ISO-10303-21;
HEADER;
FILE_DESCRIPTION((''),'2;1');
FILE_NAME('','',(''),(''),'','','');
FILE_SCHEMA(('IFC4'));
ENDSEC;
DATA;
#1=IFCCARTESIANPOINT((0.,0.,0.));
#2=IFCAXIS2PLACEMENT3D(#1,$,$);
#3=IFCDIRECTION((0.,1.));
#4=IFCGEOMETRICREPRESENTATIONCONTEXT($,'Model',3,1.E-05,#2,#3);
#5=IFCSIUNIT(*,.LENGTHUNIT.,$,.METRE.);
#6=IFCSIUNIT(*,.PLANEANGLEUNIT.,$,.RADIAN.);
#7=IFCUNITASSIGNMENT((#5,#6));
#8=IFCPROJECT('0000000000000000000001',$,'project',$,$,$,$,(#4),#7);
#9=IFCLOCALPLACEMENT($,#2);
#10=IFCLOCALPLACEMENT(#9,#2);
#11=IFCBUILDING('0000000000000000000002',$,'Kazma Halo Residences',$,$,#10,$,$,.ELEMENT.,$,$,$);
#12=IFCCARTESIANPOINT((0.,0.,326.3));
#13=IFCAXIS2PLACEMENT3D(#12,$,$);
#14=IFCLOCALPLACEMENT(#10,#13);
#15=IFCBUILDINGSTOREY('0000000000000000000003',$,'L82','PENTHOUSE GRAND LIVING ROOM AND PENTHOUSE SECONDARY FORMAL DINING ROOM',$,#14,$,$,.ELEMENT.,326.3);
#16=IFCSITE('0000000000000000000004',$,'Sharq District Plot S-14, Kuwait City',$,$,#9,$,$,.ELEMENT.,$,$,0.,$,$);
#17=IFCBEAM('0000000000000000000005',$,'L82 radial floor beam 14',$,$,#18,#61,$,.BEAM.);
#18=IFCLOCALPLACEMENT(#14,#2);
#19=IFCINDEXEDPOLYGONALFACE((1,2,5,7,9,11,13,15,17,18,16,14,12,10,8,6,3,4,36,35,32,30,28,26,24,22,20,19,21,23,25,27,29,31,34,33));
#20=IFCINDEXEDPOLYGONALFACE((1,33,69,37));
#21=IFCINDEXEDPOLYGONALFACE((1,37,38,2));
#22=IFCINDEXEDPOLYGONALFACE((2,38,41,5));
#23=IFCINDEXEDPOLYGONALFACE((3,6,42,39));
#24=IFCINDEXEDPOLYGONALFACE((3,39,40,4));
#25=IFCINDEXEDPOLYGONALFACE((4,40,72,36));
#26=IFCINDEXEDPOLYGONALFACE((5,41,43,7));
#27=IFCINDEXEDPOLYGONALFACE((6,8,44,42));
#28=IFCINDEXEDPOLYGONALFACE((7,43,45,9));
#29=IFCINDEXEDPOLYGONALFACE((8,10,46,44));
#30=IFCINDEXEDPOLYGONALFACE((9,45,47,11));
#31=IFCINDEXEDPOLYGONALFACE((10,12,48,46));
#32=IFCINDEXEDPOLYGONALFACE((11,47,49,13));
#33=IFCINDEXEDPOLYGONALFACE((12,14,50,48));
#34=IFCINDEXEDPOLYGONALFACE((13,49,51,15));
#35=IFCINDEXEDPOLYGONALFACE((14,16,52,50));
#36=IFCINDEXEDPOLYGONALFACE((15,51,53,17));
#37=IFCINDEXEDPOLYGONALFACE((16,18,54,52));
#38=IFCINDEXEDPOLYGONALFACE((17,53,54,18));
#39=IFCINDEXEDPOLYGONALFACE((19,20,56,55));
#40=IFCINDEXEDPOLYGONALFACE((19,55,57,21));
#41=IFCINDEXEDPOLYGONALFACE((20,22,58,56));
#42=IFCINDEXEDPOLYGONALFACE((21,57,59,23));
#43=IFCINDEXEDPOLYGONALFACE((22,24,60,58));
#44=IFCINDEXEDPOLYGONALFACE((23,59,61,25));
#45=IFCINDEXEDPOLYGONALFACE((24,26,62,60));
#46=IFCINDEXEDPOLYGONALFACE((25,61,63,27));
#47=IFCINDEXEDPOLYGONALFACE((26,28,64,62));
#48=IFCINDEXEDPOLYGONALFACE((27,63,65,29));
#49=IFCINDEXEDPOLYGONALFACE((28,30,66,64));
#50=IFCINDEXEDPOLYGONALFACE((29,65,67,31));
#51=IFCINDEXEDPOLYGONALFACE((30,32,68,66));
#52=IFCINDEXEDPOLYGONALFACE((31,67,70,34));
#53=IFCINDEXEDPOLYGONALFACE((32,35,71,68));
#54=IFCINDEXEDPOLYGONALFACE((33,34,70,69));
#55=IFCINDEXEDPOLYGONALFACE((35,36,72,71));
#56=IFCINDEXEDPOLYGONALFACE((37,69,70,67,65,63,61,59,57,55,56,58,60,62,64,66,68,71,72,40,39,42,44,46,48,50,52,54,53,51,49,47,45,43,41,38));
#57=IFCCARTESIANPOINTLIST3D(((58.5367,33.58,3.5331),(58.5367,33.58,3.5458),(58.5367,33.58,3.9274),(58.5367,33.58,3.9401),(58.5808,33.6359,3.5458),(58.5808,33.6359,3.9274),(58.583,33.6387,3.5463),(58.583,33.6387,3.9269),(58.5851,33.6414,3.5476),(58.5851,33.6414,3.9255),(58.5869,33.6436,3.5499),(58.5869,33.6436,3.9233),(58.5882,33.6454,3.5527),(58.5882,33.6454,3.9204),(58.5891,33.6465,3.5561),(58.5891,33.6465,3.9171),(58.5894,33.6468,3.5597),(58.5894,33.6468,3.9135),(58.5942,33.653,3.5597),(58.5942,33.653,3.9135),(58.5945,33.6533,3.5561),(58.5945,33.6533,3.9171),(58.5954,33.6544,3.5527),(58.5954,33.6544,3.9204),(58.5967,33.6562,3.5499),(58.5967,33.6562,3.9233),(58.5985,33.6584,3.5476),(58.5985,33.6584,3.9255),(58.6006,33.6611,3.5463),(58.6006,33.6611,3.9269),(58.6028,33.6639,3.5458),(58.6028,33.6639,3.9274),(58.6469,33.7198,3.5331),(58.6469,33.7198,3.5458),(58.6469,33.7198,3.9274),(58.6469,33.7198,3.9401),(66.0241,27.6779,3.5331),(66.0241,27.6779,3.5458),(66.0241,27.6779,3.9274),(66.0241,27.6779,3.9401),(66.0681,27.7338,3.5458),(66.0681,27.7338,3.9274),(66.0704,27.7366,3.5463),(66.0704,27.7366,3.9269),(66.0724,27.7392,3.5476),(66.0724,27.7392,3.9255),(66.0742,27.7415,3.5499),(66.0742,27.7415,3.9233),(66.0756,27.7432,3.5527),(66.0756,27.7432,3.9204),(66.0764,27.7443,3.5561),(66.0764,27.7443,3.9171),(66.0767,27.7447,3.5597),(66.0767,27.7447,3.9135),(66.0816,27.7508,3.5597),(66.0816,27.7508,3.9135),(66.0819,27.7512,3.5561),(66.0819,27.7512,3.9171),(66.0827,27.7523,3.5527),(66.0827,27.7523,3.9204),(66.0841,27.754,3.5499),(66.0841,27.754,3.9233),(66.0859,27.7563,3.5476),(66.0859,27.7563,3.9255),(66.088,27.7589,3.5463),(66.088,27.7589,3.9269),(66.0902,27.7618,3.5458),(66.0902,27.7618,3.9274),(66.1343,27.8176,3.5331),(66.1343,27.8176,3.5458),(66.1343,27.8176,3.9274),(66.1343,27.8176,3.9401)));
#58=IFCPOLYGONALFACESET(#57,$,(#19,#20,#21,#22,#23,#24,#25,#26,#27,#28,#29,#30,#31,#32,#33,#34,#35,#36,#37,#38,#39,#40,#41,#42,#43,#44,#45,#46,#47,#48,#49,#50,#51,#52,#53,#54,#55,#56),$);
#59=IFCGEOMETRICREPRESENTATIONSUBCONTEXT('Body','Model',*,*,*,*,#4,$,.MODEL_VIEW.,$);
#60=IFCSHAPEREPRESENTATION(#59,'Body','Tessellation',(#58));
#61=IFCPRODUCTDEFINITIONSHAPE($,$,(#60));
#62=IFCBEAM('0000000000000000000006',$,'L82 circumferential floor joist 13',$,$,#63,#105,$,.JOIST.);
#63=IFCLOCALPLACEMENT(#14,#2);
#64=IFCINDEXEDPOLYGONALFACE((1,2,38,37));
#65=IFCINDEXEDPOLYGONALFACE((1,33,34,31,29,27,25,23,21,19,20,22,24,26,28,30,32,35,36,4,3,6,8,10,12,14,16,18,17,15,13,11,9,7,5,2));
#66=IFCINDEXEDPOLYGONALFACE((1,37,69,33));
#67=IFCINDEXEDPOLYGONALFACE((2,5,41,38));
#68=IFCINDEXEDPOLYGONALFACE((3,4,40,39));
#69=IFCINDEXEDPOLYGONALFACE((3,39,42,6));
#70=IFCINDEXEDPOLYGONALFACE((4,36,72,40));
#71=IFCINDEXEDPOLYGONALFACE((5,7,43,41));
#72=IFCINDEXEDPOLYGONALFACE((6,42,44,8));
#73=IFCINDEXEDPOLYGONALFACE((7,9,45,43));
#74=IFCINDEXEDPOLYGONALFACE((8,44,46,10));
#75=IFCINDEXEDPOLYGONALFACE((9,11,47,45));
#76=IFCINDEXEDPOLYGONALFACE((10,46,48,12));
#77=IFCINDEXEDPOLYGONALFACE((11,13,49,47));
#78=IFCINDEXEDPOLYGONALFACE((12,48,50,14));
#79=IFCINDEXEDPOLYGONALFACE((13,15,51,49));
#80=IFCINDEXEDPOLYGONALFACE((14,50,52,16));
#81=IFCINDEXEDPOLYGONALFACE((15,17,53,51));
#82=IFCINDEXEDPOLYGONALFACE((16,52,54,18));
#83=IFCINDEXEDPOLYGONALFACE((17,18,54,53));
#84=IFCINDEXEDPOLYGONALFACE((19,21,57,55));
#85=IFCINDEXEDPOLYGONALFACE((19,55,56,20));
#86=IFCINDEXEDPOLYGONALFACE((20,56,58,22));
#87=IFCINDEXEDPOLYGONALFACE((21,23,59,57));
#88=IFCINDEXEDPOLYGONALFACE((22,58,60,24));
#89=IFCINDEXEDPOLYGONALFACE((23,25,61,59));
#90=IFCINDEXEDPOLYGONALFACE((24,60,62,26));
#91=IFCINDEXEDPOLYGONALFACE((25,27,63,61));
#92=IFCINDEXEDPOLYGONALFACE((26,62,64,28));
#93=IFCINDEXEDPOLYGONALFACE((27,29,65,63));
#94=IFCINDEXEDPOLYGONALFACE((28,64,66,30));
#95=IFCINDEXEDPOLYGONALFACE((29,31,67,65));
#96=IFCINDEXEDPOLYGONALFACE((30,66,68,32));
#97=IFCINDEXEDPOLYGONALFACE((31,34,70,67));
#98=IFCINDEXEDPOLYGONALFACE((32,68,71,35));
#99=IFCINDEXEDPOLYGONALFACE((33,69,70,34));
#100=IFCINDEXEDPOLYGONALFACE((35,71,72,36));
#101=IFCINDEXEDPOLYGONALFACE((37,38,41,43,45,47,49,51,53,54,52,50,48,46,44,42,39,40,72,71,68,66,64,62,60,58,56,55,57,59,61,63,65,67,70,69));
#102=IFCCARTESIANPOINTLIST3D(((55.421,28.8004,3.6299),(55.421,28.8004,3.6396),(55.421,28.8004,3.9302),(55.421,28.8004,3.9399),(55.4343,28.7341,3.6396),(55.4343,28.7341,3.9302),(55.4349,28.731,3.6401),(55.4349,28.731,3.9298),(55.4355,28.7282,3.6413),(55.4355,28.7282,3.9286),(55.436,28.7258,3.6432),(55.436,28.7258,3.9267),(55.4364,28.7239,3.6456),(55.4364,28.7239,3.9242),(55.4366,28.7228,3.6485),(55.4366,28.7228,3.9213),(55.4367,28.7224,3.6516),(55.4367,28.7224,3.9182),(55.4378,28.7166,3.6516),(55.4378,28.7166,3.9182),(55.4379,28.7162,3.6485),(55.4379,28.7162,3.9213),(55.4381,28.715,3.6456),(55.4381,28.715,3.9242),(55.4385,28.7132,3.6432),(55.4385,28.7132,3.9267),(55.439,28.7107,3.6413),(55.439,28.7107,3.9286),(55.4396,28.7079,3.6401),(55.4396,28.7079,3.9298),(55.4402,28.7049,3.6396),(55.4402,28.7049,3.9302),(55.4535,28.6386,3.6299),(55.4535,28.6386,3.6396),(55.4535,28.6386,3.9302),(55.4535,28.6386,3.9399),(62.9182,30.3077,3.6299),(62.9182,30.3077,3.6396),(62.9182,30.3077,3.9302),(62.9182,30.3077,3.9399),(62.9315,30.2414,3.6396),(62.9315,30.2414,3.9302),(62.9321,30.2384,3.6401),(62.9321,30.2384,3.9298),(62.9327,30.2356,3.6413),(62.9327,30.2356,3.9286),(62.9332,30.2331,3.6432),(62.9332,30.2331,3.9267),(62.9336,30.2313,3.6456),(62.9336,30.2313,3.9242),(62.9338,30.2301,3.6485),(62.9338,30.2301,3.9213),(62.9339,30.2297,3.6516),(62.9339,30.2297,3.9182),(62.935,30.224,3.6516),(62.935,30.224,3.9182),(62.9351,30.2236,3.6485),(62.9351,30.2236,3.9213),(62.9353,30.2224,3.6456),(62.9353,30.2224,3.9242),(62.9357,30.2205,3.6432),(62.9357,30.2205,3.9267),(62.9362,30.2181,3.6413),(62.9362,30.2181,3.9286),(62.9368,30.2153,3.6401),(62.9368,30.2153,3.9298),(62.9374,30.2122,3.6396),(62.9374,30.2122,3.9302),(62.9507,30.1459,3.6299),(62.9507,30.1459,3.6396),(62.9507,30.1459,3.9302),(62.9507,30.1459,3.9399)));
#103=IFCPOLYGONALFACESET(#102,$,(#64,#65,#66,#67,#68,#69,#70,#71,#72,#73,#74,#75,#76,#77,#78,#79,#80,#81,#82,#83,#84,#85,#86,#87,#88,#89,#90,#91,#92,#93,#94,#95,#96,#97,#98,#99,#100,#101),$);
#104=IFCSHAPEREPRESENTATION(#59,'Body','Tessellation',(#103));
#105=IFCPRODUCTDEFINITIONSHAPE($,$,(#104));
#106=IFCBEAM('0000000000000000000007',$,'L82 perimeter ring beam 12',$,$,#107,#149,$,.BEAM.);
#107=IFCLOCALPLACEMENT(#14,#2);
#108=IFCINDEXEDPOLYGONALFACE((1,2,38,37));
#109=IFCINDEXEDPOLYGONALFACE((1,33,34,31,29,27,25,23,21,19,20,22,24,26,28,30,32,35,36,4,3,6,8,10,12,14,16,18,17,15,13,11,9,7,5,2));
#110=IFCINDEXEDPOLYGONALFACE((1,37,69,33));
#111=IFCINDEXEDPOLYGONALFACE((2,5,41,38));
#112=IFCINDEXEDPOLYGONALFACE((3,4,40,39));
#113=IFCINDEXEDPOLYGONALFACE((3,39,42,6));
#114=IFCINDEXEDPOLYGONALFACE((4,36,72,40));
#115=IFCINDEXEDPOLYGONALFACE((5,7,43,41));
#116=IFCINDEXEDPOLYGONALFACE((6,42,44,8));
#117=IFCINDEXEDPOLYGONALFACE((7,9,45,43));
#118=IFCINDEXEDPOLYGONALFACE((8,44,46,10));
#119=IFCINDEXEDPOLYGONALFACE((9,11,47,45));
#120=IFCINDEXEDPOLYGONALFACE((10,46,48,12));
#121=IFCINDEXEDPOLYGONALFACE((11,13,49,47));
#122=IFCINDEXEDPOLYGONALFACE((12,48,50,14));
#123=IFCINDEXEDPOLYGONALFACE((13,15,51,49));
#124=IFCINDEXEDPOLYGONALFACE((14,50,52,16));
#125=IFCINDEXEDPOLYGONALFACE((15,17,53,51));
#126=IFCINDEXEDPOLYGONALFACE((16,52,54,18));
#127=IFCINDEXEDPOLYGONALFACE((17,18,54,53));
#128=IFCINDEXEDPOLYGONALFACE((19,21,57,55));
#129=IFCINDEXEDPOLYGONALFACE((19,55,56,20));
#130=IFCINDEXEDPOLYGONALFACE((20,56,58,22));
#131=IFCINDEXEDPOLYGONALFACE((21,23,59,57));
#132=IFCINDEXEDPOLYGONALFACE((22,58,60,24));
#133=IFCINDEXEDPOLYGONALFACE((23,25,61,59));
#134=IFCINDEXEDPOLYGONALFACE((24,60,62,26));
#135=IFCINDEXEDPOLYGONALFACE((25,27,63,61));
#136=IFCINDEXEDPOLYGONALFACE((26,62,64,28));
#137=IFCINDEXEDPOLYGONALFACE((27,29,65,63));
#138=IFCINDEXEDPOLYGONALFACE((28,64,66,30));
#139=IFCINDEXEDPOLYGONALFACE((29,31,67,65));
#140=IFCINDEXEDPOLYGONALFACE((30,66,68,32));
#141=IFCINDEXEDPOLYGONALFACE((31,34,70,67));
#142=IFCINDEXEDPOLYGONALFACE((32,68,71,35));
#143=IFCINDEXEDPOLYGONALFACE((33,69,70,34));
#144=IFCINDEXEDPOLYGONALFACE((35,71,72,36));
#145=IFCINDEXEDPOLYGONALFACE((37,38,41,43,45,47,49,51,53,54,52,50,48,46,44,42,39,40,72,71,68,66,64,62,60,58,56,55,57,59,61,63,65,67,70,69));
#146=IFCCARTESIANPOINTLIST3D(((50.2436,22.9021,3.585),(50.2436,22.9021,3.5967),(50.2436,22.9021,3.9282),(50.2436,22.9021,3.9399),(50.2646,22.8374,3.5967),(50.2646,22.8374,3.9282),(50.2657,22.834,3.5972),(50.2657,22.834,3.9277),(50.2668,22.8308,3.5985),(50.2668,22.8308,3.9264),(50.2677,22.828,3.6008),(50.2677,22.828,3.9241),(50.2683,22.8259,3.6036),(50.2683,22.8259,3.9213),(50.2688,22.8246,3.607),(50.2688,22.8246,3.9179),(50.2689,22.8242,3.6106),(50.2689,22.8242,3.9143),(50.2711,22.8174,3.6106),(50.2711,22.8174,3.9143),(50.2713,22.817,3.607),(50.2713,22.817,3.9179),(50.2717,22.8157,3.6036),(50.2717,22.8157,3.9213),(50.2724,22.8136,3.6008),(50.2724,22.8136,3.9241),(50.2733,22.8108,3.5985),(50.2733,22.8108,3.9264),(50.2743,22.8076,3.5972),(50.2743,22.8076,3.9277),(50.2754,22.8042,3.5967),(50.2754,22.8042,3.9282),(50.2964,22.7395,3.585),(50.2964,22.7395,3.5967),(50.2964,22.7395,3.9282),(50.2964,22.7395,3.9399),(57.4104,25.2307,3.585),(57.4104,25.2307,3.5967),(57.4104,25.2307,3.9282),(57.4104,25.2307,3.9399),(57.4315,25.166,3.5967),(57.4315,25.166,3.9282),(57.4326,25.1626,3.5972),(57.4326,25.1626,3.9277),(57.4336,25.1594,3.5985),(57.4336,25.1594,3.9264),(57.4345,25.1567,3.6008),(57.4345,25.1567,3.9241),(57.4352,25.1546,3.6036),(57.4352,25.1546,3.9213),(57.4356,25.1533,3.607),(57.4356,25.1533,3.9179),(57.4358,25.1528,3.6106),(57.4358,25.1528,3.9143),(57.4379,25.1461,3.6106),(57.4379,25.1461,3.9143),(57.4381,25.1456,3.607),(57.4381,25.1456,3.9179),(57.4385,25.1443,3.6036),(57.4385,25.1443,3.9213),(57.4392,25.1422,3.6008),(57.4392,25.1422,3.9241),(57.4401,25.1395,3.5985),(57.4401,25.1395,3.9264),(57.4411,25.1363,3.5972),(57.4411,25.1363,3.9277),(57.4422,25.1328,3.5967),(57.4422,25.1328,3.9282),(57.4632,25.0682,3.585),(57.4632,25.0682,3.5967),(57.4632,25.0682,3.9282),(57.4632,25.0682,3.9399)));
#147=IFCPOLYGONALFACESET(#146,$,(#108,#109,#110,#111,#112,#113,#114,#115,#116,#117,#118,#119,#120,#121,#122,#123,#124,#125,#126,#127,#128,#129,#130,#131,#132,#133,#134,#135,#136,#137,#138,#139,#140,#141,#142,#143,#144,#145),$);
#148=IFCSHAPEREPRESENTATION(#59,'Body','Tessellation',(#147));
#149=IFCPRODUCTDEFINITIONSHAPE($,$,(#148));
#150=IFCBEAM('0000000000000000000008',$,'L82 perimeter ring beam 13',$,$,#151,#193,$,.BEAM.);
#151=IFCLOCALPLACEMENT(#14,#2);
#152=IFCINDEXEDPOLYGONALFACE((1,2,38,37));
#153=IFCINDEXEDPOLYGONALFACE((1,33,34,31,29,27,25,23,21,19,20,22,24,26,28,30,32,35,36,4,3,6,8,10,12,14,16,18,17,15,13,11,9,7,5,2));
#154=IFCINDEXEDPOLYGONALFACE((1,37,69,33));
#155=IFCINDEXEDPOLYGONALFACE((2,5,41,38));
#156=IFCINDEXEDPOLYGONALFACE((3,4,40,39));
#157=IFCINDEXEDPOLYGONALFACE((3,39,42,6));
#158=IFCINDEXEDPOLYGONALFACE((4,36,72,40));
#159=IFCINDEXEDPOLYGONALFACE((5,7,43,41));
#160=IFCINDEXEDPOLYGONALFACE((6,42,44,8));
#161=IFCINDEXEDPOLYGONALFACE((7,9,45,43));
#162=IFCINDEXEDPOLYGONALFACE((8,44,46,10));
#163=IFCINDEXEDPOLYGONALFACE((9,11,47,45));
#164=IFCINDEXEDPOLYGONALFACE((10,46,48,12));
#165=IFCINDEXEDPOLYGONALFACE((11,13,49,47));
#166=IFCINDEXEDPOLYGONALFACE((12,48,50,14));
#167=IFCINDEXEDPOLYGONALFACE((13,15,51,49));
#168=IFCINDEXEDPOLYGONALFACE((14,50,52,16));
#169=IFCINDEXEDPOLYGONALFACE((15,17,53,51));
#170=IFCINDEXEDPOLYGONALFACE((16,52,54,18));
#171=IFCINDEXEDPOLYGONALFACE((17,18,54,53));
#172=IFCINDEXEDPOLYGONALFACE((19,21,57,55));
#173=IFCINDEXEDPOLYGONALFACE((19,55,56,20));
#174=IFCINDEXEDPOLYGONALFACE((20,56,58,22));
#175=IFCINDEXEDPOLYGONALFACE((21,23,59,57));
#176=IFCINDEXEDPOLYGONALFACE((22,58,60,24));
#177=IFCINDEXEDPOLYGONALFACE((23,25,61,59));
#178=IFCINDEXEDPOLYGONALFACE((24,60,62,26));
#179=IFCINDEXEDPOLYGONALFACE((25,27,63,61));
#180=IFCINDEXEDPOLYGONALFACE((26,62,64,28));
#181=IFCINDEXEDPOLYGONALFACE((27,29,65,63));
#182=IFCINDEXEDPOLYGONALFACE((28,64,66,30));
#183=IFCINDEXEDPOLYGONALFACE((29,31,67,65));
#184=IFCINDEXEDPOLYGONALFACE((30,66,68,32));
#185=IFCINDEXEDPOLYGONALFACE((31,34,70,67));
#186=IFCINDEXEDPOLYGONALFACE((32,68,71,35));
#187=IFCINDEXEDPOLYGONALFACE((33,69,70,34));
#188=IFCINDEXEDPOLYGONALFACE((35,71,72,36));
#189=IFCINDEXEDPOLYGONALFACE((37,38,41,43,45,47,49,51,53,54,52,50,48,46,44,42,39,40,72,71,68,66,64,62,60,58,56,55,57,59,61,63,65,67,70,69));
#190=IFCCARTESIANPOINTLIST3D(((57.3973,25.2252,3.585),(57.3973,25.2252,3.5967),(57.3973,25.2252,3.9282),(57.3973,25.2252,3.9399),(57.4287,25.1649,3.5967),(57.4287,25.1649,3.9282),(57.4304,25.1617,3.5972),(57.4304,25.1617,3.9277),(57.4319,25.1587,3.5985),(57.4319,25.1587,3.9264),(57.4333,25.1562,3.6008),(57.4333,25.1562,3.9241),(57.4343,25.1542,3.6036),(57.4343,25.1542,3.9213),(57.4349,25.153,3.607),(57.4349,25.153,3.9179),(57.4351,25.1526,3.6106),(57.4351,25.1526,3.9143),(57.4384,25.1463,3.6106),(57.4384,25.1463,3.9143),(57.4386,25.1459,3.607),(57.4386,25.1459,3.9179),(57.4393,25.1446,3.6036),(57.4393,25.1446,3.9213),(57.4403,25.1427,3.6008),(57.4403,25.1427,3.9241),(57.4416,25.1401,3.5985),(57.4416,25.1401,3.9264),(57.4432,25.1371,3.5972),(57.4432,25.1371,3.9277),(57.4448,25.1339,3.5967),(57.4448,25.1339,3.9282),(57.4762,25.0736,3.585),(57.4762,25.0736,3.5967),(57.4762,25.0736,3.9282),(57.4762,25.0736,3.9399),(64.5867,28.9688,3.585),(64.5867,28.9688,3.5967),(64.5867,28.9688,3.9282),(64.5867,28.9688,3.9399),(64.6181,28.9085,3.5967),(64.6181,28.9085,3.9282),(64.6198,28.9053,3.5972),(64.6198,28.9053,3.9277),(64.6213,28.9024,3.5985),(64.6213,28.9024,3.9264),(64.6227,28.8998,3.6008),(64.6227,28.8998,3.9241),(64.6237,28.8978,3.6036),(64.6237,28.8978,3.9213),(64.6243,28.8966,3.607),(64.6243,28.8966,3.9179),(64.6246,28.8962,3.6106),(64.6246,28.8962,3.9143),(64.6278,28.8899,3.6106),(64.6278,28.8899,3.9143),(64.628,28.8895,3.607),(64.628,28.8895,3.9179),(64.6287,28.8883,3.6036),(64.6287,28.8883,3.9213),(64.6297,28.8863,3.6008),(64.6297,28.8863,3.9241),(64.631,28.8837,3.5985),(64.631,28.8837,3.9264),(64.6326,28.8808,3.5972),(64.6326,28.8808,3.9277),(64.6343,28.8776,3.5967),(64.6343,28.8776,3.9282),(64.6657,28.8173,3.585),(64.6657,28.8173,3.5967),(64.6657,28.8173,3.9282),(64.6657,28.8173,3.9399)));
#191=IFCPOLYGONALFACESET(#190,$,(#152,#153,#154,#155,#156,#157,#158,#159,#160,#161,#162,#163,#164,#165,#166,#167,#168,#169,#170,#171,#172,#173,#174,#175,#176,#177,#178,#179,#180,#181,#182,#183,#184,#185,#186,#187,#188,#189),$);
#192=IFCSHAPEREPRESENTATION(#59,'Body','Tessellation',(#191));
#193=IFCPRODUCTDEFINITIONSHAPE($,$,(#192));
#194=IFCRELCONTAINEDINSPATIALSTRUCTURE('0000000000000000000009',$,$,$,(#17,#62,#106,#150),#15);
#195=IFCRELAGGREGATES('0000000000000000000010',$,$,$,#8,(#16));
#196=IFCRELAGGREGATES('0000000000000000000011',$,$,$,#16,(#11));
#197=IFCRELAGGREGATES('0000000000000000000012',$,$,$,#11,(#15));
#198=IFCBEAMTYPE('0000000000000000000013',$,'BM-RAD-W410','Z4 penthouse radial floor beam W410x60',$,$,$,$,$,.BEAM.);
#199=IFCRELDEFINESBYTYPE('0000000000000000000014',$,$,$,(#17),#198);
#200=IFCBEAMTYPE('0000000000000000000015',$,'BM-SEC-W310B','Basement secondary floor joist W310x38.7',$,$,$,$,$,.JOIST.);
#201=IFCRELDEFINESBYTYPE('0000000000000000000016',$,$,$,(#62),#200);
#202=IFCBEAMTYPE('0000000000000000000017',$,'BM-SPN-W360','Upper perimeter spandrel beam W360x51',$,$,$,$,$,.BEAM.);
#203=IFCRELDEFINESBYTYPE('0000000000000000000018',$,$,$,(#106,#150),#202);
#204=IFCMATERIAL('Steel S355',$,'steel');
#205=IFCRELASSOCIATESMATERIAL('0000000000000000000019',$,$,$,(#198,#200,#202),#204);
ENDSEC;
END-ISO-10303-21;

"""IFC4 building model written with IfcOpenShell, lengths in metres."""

from ifc_helpers import new_model, si_unit, direction, frame, origin, origin_2d, place, context, subcontext, project, spatial, i_section, extrude, material, material_profile, profile_set, type_object, element, save


model = new_model("IFC4")

# Units and contexts
model_context = context("Model", 3, precision=1e-05, world=origin(), true_north=direction((0.0, 1.0)))
body_context = subcontext(model_context, "Body", "Model", "MODEL_VIEW")
ifc_project = project(units=[si_unit("LENGTHUNIT", "METRE"), si_unit("PLANEANGLEUNIT", "RADIAN")], contexts=[model_context])

# Site, building, storey
site_placement = place(None, origin())
site = spatial("IfcSite", under=ifc_project, at=site_placement, Name="Sharq District Plot S-14, Kuwait City", CompositionType="ELEMENT", RefElevation=0.0)
building_placement = place(site_placement, origin())
building = spatial("IfcBuilding", under=site, at=building_placement, Name="Kazma Halo Residences", CompositionType="ELEMENT")
storey_placement = place(building_placement, frame((0.0, 0.0, 326.3)))
storey = spatial("IfcBuildingStorey", under=building, at=storey_placement, Name="L82", Description="PENTHOUSE GRAND LIVING ROOM AND PENTHOUSE SECONDARY FORMAL DINING ROOM", CompositionType="ELEMENT", Elevation=326.3)

# Beams
ifc_material_1 = material(Name="Steel S355", Category="steel")
ifc_material_profile_1 = material_profile(ifc_material_1, i_section(OverallWidth=0.178, OverallDepth=0.407, WebThickness=0.0078, FlangeThickness=0.0127, FilletRadius=0.0139, at=origin_2d()), Name="W410x60")
ifc_profile_set_1 = profile_set([ifc_material_profile_1], Name="Steel S355")
beam_type_1 = type_object("IfcBeamType", Name="BM-RAD-W410", Description="Z4 penthouse radial floor beam W410x60", PredefinedType="BEAM", material=ifc_profile_set_1)
beam_1_placement = place(storey_placement, frame((58.5918, 33.6499, 3.7366), z_axis=(0.785338, -0.619067, 0.0), x_axis=(0.619067, 0.785338, 0.0)))
element("IfcBeam", 1, at=beam_1_placement, inside=storey, type_object=beam_type_1, Name="L82 radial floor beam 14", PredefinedType="BEAM", context=body_context, shape_type="SweptSolid", body=[
    extrude(i_section(OverallWidth=0.178, OverallDepth=0.407, WebThickness=0.0078, FlangeThickness=0.0127, FilletRadius=0.0139, at=origin_2d()), origin(), (0.0, 0.0, 1.0), 9.5339),
])
ifc_material_profile_2 = material_profile(ifc_material_1, i_section(OverallWidth=0.165, OverallDepth=0.3101, WebThickness=0.0059, FlangeThickness=0.0098, FilletRadius=0.012, at=origin_2d()), Name="W310x38.7")
ifc_profile_set_2 = profile_set([ifc_material_profile_2], Name="Steel S355")
beam_type_2 = type_object("IfcBeamType", Name="BM-SEC-W310B", Description="Basement secondary floor joist W310x38.7", PredefinedType="JOIST", material=ifc_profile_set_2)
beam_2_placement = place(storey_placement, frame((55.4373, 28.7195, 3.7849), z_axis=(0.980381, 0.197111, 0.0), x_axis=(-0.197111, 0.980381, 0.0)))
element("IfcBeam", 2, at=beam_2_placement, inside=storey, type_object=beam_type_2, Name="L82 circumferential floor joist 13", PredefinedType="JOIST", context=body_context, shape_type="SweptSolid", body=[
    extrude(i_section(OverallWidth=0.165, OverallDepth=0.3101, WebThickness=0.0059, FlangeThickness=0.0098, FilletRadius=0.012, at=origin_2d()), origin(), (0.0, 0.0, 1.0), 7.6472),
])
ifc_material_profile_3 = material_profile(ifc_material_1, i_section(OverallWidth=0.1709, OverallDepth=0.355, WebThickness=0.0071, FlangeThickness=0.0117, FilletRadius=0.0139, at=origin_2d()), Name="W360x51")
ifc_profile_set_3 = profile_set([ifc_material_profile_3], Name="Steel S355")
beam_type_3 = type_object("IfcBeamType", Name="BM-SPN-W360", Description="Upper perimeter spandrel beam W360x51", PredefinedType="BEAM", material=ifc_profile_set_3)
beam_3_placement = place(storey_placement, frame((50.27, 22.8208, 3.7625), z_axis=(0.951057, 0.309016, 0.0), x_axis=(-0.309016, 0.951057, 0.0)))
element("IfcBeam", 3, at=beam_3_placement, inside=storey, type_object=beam_type_3, Name="L82 perimeter ring beam 12", PredefinedType="BEAM", context=body_context, shape_type="SweptSolid", body=[
    extrude(i_section(OverallWidth=0.1709, OverallDepth=0.355, WebThickness=0.0071, FlangeThickness=0.0117, FilletRadius=0.0139, at=origin_2d()), origin(), (0.0, 0.0, 1.0), 7.5356),
])
beam_4_placement = place(storey_placement, frame((57.4368, 25.1494, 3.7625), z_axis=(0.886957, 0.461851, 0.0), x_axis=(-0.461851, 0.886957, 0.0)))
element("IfcBeam", 4, at=beam_4_placement, inside=storey, type_object=beam_type_3, Name="L82 perimeter ring beam 13", PredefinedType="BEAM", context=body_context, shape_type="SweptSolid", body=[
    extrude(i_section(OverallWidth=0.1709, OverallDepth=0.355, WebThickness=0.0071, FlangeThickness=0.0117, FilletRadius=0.0139, at=origin_2d()), origin(), (0.0, 0.0, 1.0), 8.1057),
])

save(model, "model.ifc")
